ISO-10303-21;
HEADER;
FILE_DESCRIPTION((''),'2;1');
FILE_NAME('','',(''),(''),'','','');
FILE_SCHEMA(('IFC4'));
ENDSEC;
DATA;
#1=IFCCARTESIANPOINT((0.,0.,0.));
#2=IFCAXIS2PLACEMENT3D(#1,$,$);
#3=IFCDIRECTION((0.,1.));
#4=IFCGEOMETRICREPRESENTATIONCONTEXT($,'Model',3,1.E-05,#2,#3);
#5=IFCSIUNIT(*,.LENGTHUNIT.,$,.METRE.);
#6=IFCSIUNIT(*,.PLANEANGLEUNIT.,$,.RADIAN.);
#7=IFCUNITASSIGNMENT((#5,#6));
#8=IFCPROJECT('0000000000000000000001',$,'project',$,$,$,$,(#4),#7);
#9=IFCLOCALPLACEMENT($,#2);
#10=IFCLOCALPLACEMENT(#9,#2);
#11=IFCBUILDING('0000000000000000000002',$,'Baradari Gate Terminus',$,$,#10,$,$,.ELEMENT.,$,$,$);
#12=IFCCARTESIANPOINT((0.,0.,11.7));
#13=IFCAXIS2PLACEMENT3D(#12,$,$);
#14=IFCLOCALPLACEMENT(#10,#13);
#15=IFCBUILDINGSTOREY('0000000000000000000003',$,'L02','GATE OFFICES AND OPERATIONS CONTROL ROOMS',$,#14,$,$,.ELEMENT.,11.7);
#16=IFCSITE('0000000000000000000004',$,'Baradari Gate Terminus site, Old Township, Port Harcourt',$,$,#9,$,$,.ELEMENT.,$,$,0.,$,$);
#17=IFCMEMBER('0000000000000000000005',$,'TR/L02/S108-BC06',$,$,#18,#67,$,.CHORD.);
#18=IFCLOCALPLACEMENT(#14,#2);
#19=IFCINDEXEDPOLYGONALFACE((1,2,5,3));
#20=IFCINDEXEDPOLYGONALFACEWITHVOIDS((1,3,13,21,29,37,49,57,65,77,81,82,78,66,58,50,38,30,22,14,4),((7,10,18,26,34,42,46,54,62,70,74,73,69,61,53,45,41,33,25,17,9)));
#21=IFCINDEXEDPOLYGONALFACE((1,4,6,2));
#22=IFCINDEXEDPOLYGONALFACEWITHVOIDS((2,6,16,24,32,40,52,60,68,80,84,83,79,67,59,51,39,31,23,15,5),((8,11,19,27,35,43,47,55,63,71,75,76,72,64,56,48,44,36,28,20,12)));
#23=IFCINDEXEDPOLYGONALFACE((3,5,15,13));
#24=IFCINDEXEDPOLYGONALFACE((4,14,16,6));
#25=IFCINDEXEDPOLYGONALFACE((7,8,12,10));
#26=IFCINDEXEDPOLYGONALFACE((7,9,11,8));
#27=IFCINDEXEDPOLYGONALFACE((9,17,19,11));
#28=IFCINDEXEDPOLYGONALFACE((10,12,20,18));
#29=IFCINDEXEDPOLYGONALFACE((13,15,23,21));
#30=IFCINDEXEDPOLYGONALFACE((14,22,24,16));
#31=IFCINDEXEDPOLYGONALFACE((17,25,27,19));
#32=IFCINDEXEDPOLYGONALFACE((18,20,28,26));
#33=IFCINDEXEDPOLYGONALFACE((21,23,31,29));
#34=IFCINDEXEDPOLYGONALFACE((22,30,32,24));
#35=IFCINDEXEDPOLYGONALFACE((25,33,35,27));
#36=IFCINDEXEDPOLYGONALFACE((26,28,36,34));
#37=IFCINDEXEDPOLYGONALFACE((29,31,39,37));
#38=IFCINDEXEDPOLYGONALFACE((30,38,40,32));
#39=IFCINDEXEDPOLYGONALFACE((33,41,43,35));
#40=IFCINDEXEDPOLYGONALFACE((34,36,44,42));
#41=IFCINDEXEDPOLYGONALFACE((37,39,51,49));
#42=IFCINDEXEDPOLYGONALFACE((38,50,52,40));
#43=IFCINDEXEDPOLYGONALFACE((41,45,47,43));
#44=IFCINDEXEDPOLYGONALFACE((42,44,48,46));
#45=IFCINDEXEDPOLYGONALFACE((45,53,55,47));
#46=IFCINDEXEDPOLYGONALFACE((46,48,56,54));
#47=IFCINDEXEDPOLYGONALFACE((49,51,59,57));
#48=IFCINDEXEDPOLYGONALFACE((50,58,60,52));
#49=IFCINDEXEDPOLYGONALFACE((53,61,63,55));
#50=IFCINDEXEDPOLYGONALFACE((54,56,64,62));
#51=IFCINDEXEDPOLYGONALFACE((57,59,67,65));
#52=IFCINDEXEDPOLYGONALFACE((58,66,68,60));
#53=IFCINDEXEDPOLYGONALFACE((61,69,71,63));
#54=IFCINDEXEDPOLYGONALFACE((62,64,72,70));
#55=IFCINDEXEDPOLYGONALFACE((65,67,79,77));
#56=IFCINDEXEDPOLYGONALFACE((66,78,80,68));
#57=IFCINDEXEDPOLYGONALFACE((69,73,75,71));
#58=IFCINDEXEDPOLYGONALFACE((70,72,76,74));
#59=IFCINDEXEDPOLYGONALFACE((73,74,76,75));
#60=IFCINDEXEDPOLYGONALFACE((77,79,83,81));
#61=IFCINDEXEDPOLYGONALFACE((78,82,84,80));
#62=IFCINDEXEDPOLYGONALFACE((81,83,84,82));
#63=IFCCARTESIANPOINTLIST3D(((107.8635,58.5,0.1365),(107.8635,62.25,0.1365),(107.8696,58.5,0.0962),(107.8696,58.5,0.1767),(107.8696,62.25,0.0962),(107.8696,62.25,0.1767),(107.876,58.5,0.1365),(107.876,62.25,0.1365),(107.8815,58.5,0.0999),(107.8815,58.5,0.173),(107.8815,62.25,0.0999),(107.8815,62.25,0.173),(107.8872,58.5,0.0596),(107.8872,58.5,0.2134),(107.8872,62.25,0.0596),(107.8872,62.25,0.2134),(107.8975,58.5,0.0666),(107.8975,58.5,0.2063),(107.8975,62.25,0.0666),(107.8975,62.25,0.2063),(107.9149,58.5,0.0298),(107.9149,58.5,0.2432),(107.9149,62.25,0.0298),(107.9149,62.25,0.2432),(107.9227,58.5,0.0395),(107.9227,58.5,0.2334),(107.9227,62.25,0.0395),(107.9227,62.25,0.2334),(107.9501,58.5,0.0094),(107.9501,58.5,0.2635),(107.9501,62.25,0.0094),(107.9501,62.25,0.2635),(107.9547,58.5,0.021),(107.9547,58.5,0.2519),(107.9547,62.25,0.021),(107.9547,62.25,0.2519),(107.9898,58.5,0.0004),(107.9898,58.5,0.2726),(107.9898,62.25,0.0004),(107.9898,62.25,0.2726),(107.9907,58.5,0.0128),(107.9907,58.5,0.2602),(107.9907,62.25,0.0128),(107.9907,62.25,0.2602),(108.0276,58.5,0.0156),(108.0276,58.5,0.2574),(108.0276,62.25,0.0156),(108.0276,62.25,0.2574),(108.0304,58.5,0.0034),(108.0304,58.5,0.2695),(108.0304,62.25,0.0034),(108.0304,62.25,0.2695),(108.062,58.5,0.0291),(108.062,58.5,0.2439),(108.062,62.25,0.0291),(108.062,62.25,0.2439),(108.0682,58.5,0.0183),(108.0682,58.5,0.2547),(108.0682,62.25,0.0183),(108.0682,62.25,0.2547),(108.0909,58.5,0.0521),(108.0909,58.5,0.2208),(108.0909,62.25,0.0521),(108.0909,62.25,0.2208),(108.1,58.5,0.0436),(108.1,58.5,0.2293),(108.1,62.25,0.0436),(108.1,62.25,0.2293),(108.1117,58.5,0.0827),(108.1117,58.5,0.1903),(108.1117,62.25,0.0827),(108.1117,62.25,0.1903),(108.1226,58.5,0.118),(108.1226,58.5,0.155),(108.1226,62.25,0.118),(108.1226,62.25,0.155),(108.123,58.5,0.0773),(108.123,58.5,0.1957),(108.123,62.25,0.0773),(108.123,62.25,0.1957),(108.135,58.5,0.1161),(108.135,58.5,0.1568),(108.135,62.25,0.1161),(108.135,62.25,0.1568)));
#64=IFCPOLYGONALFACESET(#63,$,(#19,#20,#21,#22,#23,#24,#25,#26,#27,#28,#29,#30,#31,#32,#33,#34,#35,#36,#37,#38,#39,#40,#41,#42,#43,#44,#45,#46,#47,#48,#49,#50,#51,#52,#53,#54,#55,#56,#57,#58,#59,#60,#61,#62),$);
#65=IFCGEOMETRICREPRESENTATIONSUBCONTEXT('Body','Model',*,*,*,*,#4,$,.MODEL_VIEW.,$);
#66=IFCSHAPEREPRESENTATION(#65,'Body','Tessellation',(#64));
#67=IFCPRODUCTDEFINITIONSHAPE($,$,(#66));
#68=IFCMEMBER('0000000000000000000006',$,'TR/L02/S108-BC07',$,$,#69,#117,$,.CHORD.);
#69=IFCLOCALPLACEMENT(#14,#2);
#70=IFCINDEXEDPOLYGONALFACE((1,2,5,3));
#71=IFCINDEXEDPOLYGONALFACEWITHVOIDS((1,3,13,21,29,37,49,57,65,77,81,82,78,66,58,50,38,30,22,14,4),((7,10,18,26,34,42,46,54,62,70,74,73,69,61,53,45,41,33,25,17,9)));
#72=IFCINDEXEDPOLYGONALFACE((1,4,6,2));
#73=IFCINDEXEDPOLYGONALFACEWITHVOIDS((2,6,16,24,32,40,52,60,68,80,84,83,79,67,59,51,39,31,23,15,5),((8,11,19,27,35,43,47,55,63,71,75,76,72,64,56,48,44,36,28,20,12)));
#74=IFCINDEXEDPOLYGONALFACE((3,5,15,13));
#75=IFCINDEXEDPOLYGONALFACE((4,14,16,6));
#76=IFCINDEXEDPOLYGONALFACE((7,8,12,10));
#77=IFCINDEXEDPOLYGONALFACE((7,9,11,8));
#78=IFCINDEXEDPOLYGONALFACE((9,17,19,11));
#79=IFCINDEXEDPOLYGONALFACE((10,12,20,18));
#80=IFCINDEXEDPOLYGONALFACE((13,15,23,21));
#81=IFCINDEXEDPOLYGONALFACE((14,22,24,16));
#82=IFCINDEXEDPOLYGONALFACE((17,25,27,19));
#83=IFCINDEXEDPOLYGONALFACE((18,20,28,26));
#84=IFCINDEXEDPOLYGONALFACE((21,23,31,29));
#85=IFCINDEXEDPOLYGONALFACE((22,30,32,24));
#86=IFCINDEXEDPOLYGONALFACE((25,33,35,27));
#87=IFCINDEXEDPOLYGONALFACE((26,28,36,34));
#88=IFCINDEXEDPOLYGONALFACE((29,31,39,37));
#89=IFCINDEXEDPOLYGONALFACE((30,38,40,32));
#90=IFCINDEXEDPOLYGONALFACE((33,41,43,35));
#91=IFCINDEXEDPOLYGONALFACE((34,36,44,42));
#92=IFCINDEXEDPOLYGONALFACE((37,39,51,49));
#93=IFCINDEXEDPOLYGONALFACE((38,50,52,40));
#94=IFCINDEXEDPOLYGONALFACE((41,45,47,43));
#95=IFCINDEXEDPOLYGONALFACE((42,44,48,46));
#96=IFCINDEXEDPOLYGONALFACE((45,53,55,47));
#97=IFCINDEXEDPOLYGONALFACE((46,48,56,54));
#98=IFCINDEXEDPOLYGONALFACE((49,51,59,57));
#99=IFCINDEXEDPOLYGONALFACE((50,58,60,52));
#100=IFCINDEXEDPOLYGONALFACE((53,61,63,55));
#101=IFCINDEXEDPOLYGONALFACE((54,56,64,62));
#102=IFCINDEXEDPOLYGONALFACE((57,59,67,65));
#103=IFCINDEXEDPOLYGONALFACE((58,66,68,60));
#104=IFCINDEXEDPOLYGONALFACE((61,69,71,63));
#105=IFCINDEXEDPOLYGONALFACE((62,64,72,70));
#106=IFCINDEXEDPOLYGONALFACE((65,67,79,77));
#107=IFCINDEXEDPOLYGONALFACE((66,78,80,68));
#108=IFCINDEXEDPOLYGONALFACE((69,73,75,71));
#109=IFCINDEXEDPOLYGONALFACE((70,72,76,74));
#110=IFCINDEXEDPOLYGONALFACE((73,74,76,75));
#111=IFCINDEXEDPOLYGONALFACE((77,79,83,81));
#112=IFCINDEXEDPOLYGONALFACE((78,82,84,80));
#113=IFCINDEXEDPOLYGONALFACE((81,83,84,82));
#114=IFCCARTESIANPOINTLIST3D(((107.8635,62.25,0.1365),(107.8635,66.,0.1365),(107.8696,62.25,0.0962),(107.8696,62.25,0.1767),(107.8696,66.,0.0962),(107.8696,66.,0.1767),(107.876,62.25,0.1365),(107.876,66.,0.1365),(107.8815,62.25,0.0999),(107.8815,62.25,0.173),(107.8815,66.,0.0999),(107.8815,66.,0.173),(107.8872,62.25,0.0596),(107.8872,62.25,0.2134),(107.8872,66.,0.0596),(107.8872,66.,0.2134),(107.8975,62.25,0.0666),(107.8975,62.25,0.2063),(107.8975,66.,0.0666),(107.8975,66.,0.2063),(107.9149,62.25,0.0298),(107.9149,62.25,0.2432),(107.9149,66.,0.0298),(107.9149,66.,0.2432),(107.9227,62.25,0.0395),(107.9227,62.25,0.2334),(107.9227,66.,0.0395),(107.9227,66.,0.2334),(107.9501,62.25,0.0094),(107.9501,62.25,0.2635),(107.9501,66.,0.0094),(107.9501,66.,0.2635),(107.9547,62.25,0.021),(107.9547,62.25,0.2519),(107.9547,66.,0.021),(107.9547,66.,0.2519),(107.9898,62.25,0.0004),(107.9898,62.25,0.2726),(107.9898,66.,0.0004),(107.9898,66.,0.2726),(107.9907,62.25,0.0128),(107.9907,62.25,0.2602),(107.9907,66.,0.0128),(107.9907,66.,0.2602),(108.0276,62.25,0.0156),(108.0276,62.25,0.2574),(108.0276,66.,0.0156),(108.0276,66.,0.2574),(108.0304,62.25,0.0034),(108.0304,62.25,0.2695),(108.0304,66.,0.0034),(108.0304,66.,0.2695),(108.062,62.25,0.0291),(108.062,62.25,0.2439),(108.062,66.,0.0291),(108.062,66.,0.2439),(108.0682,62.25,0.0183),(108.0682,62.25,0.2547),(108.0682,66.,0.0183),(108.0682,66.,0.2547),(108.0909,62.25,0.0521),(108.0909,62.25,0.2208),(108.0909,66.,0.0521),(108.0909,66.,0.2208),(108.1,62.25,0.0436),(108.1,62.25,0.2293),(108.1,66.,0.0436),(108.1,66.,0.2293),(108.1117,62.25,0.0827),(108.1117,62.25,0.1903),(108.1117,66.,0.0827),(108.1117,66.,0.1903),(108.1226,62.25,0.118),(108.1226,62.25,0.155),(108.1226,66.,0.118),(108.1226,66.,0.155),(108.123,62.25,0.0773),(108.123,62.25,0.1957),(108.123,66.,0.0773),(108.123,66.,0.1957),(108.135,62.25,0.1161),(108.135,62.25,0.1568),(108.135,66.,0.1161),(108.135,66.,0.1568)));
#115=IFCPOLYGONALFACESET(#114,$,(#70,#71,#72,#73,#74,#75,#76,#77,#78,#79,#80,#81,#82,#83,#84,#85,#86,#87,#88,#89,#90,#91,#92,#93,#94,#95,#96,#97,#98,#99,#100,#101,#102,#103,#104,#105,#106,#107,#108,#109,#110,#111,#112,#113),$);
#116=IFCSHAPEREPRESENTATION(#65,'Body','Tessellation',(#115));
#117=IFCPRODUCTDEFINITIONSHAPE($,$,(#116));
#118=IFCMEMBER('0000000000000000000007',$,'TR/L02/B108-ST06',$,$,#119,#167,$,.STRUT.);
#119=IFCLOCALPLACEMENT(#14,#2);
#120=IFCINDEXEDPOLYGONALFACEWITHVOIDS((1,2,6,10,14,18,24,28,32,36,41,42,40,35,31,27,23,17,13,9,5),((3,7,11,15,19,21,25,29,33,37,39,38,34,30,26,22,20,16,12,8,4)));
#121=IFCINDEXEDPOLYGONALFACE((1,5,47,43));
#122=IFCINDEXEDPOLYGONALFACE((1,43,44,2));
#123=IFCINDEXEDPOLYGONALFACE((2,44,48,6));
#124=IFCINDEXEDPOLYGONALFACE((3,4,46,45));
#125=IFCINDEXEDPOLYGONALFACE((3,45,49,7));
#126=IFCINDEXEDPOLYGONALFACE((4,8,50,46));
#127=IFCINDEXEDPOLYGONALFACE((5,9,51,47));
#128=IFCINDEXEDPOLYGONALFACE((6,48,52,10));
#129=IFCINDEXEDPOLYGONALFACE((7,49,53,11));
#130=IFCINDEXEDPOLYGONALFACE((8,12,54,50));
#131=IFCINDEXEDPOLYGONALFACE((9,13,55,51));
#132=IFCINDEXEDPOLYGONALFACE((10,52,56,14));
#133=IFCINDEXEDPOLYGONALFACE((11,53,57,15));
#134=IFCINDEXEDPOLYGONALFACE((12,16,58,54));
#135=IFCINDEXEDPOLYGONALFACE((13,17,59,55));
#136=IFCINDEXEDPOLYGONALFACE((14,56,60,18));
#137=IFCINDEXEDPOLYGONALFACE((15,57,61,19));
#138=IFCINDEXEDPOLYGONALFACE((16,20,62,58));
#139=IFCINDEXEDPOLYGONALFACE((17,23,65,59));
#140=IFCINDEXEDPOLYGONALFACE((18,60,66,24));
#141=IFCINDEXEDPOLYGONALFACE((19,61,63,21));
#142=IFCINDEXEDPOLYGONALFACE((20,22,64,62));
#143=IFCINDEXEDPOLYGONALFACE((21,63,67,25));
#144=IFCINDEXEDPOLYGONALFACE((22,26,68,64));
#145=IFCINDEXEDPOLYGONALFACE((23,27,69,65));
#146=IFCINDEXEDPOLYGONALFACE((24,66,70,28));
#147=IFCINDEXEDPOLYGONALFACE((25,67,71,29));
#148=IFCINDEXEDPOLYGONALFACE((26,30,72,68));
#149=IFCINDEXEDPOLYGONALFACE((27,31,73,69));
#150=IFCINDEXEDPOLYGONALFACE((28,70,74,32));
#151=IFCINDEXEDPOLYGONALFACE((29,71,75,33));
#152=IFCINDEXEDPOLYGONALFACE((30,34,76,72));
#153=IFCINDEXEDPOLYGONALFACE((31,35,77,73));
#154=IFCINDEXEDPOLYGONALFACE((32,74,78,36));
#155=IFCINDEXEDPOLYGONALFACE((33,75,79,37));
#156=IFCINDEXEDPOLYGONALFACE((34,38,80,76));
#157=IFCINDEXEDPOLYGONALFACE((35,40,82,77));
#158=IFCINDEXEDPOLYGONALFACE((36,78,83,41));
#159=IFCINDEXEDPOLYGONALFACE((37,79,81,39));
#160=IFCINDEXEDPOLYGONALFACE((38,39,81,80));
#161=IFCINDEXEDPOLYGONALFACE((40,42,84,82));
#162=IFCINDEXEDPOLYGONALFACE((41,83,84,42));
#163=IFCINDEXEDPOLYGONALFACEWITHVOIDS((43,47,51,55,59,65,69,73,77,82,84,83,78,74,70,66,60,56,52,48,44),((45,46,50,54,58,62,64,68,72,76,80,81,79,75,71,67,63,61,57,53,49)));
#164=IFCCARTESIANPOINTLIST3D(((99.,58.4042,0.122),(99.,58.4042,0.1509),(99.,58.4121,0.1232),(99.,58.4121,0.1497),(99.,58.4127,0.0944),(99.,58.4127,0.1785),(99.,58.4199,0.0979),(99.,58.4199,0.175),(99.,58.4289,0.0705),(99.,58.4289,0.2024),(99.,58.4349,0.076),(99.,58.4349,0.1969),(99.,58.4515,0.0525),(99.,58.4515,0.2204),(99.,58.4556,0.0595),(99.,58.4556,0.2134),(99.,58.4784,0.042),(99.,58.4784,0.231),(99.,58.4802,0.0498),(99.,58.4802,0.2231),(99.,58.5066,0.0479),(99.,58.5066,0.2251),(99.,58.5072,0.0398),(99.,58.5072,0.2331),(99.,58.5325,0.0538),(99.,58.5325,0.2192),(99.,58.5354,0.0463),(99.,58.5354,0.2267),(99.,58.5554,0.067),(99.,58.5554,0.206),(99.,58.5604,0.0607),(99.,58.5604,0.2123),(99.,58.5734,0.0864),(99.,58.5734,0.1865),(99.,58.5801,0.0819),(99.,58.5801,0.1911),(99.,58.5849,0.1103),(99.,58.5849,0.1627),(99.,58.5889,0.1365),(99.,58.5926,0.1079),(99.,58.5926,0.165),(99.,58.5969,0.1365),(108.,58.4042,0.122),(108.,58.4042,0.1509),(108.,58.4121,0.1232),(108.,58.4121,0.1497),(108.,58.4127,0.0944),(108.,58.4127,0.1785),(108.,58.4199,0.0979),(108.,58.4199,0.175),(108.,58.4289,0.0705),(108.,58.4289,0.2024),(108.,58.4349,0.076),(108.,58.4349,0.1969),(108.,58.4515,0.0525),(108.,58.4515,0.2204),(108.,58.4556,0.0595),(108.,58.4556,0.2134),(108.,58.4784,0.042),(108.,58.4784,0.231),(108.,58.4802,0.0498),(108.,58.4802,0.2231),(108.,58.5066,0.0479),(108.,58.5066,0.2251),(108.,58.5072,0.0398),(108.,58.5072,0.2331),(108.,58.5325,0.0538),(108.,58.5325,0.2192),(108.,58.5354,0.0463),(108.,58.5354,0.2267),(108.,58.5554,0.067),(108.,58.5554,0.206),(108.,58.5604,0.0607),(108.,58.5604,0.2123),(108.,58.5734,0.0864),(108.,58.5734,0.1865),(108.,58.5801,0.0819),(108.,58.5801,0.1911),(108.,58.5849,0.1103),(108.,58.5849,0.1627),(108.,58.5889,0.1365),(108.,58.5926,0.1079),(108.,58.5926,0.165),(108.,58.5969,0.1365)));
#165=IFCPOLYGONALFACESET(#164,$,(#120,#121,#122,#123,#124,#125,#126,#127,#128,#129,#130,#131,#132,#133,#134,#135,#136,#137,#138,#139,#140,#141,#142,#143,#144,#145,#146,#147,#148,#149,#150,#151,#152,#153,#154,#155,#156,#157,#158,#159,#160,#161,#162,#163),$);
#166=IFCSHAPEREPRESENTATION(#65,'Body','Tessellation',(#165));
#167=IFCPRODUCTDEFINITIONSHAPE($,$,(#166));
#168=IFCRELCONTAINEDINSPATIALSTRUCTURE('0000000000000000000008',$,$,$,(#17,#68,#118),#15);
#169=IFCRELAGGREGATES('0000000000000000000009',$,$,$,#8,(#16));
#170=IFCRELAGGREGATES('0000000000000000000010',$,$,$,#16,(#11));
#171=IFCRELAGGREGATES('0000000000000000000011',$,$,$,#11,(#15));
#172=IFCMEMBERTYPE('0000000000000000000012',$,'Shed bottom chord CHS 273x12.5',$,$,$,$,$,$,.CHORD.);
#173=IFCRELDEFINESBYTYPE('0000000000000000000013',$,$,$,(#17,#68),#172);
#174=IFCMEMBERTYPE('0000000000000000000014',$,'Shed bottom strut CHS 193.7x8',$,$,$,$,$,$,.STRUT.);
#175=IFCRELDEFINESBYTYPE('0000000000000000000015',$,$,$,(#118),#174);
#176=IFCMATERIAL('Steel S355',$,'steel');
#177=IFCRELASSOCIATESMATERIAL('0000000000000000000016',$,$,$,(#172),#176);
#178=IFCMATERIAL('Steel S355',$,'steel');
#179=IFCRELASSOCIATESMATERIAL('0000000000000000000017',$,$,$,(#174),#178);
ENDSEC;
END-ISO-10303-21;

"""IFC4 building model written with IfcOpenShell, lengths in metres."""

from ifc_helpers import new_model, si_unit, direction, frame, origin, origin_2d, place, context, subcontext, project, spatial, hollow_circle, extrude, material, material_profile, profile_set, type_object, element, save


model = new_model("IFC4")

# Units and contexts
model_context = context("Model", 3, precision=1e-05, world=origin(), true_north=direction((0.0, 1.0)))
body_context = subcontext(model_context, "Body", "Model", "MODEL_VIEW")
ifc_project = project(units=[si_unit("LENGTHUNIT", "METRE"), si_unit("PLANEANGLEUNIT", "RADIAN")], contexts=[model_context])

# Site, building, storey
site_placement = place(None, origin())
site = spatial("IfcSite", under=ifc_project, at=site_placement, Name="Baradari Gate Terminus site, Old Township, Port Harcourt", CompositionType="ELEMENT", RefElevation=0.0)
building_placement = place(site_placement, origin())
building = spatial("IfcBuilding", under=site, at=building_placement, Name="Baradari Gate Terminus", CompositionType="ELEMENT")
storey_placement = place(building_placement, frame((0.0, 0.0, 11.7)))
storey = spatial("IfcBuildingStorey", under=building, at=storey_placement, Name="L02", Description="GATE OFFICES AND OPERATIONS CONTROL ROOMS", CompositionType="ELEMENT", Elevation=11.7)

# Members
ifc_material_1 = material(Name="Steel S355", Category="steel")
ifc_material_profile_1 = material_profile(ifc_material_1, hollow_circle(Radius=0.1365, WallThickness=0.0125, at=origin_2d()), Name="CHS 273x12.5")
ifc_profile_set_1 = profile_set([ifc_material_profile_1], Name="Steel S355")
member_type_1 = type_object("IfcMemberType", Name="Shed bottom chord CHS 273x12.5", PredefinedType="CHORD", material=ifc_profile_set_1)
for number, where, z_axis, x_axis, name in (
    (1, (108.0, 58.5, 0.1365), (0.0, 1.0, 0.0), (-1.0, 0.0, 0.0), "TR/L02/S108-BC06"),
    (2, (108.0, 62.25, 0.1365), (0.0, 1.0, 0.0), (-1.0, 0.0, 0.0), "TR/L02/S108-BC07"),
):
    element("IfcMember", number, at=place(storey_placement, frame(where, z_axis=z_axis, x_axis=x_axis)), inside=storey, type_object=member_type_1, Name=name, PredefinedType="CHORD", context=body_context, shape_type="SweptSolid", body=[
        extrude(hollow_circle(Radius=0.1365, WallThickness=0.0125, at=origin_2d()), origin(), (0.0, 0.0, 1.0), 3.75),
    ])
ifc_material_2 = material(Name="Steel S355", Category="steel")
ifc_material_profile_2 = material_profile(ifc_material_2, hollow_circle(Radius=0.0969, WallThickness=0.0081, at=origin_2d()), Name="CHS 193.7x8")
ifc_profile_set_2 = profile_set([ifc_material_profile_2], Name="Steel S355")
member_type_2 = type_object("IfcMemberType", Name="Shed bottom strut CHS 193.7x8", PredefinedType="STRUT", material=ifc_profile_set_2)
for number, where, z_axis, x_axis, name in (
    (3, (99.0, 58.5, 0.1365), (1.0, 0.0, 0.0), (0.0, 1.0, 0.0), "TR/L02/B108-ST06"),
):
    element("IfcMember", number, at=place(storey_placement, frame(where, z_axis=z_axis, x_axis=x_axis)), inside=storey, type_object=member_type_2, Name=name, PredefinedType="STRUT", context=body_context, shape_type="SweptSolid", body=[
        extrude(hollow_circle(Radius=0.0969, WallThickness=0.0081, at=origin_2d()), origin(), (0.0, 0.0, 1.0), 9.0),
    ])

save(model, "model.ifc")
